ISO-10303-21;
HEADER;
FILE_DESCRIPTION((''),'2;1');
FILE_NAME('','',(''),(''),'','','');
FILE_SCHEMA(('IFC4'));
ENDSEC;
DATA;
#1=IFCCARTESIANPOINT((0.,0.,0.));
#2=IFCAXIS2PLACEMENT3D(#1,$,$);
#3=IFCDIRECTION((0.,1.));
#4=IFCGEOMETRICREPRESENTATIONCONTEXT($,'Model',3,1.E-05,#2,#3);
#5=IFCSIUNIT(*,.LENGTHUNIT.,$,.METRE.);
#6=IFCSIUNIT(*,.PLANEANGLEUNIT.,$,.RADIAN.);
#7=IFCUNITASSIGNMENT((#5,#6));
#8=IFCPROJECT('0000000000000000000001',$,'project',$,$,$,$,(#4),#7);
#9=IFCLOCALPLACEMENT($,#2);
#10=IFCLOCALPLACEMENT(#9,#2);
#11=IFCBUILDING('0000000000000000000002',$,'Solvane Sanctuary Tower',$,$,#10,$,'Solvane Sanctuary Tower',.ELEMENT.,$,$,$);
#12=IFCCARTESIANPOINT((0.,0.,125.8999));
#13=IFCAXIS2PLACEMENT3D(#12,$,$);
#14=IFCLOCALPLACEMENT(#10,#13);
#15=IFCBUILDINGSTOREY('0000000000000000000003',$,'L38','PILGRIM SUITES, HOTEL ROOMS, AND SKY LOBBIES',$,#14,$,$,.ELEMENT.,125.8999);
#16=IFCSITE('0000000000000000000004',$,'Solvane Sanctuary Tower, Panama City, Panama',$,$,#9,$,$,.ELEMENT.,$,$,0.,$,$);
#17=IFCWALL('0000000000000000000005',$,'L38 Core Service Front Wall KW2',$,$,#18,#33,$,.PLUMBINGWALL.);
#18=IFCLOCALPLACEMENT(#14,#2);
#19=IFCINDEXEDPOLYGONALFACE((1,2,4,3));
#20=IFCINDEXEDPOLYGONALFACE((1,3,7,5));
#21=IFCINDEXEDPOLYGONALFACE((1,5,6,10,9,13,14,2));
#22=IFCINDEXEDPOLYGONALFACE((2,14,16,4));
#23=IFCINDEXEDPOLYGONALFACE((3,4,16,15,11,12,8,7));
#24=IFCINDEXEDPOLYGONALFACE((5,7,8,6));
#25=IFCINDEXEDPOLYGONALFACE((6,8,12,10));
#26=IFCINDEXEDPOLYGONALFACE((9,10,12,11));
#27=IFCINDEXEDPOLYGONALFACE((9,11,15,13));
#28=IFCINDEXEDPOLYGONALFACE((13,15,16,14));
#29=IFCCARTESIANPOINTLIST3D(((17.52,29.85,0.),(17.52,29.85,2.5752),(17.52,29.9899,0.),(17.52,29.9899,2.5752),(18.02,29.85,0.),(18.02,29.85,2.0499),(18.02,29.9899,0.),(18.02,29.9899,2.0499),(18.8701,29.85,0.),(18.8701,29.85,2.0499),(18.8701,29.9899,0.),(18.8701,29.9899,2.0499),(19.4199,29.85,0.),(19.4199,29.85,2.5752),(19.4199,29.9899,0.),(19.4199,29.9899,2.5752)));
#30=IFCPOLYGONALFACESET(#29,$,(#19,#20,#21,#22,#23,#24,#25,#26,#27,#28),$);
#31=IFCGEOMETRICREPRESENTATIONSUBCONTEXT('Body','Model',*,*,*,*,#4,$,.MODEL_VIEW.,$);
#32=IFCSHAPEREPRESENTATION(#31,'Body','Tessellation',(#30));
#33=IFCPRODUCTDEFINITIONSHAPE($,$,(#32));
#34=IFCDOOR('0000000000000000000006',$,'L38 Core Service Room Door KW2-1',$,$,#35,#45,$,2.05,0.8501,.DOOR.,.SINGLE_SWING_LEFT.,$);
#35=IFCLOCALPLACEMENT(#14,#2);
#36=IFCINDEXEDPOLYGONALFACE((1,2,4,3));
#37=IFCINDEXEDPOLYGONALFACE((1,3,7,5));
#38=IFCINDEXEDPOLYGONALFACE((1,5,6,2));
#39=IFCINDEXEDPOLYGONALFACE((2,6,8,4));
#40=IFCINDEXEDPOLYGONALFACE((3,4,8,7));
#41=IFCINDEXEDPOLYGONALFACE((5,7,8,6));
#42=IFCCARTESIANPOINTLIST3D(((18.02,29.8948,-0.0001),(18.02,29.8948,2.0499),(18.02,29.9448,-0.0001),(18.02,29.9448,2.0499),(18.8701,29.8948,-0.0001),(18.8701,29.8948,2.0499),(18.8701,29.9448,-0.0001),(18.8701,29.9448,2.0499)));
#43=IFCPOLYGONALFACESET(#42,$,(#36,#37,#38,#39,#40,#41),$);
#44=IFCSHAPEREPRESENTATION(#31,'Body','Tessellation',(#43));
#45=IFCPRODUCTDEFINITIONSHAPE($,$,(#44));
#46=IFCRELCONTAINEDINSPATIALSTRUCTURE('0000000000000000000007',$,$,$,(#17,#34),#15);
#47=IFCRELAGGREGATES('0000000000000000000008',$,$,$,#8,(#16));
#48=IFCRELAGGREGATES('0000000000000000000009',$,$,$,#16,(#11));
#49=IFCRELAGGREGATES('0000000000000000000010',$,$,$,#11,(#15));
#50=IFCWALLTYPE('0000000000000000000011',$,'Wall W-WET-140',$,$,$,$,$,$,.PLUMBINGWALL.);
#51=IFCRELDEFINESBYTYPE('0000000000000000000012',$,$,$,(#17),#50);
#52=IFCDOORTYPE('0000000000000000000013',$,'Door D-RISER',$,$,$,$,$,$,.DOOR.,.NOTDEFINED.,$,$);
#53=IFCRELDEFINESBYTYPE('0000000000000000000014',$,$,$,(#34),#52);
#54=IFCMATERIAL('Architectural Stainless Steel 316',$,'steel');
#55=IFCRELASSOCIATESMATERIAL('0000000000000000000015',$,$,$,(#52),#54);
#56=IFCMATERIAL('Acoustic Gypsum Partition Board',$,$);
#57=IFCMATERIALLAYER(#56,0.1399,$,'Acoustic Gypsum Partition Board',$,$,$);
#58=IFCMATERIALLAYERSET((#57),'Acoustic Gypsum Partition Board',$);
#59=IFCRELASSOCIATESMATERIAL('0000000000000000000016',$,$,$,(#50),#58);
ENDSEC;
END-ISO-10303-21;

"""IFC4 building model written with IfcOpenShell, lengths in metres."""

from ifc_helpers import new_model, si_unit, direction, frame, frame_2d, origin, place, context, subcontext, project, spatial, rectangle, extrude, material, layer, layer_set, type_object, element, fill, save


model = new_model("IFC4")

# Units and contexts
model_context = context("Model", 3, precision=1e-05, world=origin(), true_north=direction((0.0, 1.0)))
body_context = subcontext(model_context, "Body", "Model", "MODEL_VIEW")
ifc_project = project(units=[si_unit("LENGTHUNIT", "METRE"), si_unit("PLANEANGLEUNIT", "RADIAN")], contexts=[model_context])

# Site, building, storey
site_placement = place(None, origin())
site = spatial("IfcSite", under=ifc_project, at=site_placement, Name="Solvane Sanctuary Tower, Panama City, Panama", CompositionType="ELEMENT", RefElevation=0.0)
building_placement = place(site_placement, origin())
building = spatial("IfcBuilding", under=site, at=building_placement, Name="Solvane Sanctuary Tower", LongName="Solvane Sanctuary Tower", CompositionType="ELEMENT")
storey_placement = place(building_placement, frame((0.0, 0.0, 125.8999)))
storey = spatial("IfcBuildingStorey", under=building, at=storey_placement, Name="L38", Description="PILGRIM SUITES, HOTEL ROOMS, AND SKY LOBBIES", CompositionType="ELEMENT", Elevation=125.8999)

# Shared definitions
ifc_material_1 = material(Name="Acoustic Gypsum Partition Board")

# Shared definitions
ifc_material_2 = material(Name="Architectural Stainless Steel 316", Category="steel")
door_type_1 = type_object("IfcDoorType", Name="Door D-RISER", OperationType="NOTDEFINED", PredefinedType="DOOR", material=ifc_material_2)

# Wall, opening, door
ifc_layer_1 = layer(ifc_material_1, 0.1399, Name="Acoustic Gypsum Partition Board")
ifc_layer_set_1 = layer_set([ifc_layer_1], Name="Acoustic Gypsum Partition Board")
wall_type_1 = type_object("IfcWallType", Name="Wall W-WET-140", PredefinedType="PLUMBINGWALL", material=ifc_layer_set_1)
wall_1_placement = place(storey_placement, frame((17.52, 29.9199, 0.0), z_axis=(0.0, 0.0, 1.0), x_axis=(1.0, 0.0, 0.0)))
wall_1 = element("IfcWall", 1, at=wall_1_placement, inside=storey, type_object=wall_type_1, Name="L38 Core Service Front Wall KW2", PredefinedType="PLUMBINGWALL", context=body_context, shape_type="SweptSolid", body=[
    extrude(rectangle(XDim=1.8999, YDim=0.1399, at=frame_2d((0.95, 0.0))), origin(), (0.0, 0.0, 1.0), 2.5752),
])
opening_1_placement = place(wall_1_placement, frame((0.5, 0.0, 0.0)))
opening_1 = element("IfcOpeningElement", 2, at=opening_1_placement, cuts=wall_1, PredefinedType="OPENING", context=body_context, shape_type="SweptSolid", body=[
    extrude(rectangle(XDim=0.8501, YDim=2.05, at=frame_2d((0.425, 1.0249))), frame((0.0, 0.0798, 0.0), z_axis=(0.0, -1.0, 0.0), x_axis=(1.0, 0.0, 0.0)), (0.0, 0.0, 1.0), 0.1599),
])
door_1_placement = place(opening_1_placement, origin())
door_1 = element("IfcDoor", 3, at=door_1_placement, inside=storey, type_object=door_type_1, Name="L38 Core Service Room Door KW2-1", OperationType="SINGLE_SWING_LEFT", OverallHeight=2.05, OverallWidth=0.8501, PredefinedType="DOOR", context=body_context, shape_type="SweptSolid", body=[
    extrude(rectangle(XDim=0.8501, YDim=2.05, at=frame_2d((0.425, 1.0249))), frame((0.0, 0.0249, 0.0), z_axis=(0.0, -1.0, 0.0), x_axis=(1.0, 0.0, 0.0)), (0.0, 0.0, 1.0), 0.05),
])
fill(opening_1, door_1)

save(model, "model.ifc")
